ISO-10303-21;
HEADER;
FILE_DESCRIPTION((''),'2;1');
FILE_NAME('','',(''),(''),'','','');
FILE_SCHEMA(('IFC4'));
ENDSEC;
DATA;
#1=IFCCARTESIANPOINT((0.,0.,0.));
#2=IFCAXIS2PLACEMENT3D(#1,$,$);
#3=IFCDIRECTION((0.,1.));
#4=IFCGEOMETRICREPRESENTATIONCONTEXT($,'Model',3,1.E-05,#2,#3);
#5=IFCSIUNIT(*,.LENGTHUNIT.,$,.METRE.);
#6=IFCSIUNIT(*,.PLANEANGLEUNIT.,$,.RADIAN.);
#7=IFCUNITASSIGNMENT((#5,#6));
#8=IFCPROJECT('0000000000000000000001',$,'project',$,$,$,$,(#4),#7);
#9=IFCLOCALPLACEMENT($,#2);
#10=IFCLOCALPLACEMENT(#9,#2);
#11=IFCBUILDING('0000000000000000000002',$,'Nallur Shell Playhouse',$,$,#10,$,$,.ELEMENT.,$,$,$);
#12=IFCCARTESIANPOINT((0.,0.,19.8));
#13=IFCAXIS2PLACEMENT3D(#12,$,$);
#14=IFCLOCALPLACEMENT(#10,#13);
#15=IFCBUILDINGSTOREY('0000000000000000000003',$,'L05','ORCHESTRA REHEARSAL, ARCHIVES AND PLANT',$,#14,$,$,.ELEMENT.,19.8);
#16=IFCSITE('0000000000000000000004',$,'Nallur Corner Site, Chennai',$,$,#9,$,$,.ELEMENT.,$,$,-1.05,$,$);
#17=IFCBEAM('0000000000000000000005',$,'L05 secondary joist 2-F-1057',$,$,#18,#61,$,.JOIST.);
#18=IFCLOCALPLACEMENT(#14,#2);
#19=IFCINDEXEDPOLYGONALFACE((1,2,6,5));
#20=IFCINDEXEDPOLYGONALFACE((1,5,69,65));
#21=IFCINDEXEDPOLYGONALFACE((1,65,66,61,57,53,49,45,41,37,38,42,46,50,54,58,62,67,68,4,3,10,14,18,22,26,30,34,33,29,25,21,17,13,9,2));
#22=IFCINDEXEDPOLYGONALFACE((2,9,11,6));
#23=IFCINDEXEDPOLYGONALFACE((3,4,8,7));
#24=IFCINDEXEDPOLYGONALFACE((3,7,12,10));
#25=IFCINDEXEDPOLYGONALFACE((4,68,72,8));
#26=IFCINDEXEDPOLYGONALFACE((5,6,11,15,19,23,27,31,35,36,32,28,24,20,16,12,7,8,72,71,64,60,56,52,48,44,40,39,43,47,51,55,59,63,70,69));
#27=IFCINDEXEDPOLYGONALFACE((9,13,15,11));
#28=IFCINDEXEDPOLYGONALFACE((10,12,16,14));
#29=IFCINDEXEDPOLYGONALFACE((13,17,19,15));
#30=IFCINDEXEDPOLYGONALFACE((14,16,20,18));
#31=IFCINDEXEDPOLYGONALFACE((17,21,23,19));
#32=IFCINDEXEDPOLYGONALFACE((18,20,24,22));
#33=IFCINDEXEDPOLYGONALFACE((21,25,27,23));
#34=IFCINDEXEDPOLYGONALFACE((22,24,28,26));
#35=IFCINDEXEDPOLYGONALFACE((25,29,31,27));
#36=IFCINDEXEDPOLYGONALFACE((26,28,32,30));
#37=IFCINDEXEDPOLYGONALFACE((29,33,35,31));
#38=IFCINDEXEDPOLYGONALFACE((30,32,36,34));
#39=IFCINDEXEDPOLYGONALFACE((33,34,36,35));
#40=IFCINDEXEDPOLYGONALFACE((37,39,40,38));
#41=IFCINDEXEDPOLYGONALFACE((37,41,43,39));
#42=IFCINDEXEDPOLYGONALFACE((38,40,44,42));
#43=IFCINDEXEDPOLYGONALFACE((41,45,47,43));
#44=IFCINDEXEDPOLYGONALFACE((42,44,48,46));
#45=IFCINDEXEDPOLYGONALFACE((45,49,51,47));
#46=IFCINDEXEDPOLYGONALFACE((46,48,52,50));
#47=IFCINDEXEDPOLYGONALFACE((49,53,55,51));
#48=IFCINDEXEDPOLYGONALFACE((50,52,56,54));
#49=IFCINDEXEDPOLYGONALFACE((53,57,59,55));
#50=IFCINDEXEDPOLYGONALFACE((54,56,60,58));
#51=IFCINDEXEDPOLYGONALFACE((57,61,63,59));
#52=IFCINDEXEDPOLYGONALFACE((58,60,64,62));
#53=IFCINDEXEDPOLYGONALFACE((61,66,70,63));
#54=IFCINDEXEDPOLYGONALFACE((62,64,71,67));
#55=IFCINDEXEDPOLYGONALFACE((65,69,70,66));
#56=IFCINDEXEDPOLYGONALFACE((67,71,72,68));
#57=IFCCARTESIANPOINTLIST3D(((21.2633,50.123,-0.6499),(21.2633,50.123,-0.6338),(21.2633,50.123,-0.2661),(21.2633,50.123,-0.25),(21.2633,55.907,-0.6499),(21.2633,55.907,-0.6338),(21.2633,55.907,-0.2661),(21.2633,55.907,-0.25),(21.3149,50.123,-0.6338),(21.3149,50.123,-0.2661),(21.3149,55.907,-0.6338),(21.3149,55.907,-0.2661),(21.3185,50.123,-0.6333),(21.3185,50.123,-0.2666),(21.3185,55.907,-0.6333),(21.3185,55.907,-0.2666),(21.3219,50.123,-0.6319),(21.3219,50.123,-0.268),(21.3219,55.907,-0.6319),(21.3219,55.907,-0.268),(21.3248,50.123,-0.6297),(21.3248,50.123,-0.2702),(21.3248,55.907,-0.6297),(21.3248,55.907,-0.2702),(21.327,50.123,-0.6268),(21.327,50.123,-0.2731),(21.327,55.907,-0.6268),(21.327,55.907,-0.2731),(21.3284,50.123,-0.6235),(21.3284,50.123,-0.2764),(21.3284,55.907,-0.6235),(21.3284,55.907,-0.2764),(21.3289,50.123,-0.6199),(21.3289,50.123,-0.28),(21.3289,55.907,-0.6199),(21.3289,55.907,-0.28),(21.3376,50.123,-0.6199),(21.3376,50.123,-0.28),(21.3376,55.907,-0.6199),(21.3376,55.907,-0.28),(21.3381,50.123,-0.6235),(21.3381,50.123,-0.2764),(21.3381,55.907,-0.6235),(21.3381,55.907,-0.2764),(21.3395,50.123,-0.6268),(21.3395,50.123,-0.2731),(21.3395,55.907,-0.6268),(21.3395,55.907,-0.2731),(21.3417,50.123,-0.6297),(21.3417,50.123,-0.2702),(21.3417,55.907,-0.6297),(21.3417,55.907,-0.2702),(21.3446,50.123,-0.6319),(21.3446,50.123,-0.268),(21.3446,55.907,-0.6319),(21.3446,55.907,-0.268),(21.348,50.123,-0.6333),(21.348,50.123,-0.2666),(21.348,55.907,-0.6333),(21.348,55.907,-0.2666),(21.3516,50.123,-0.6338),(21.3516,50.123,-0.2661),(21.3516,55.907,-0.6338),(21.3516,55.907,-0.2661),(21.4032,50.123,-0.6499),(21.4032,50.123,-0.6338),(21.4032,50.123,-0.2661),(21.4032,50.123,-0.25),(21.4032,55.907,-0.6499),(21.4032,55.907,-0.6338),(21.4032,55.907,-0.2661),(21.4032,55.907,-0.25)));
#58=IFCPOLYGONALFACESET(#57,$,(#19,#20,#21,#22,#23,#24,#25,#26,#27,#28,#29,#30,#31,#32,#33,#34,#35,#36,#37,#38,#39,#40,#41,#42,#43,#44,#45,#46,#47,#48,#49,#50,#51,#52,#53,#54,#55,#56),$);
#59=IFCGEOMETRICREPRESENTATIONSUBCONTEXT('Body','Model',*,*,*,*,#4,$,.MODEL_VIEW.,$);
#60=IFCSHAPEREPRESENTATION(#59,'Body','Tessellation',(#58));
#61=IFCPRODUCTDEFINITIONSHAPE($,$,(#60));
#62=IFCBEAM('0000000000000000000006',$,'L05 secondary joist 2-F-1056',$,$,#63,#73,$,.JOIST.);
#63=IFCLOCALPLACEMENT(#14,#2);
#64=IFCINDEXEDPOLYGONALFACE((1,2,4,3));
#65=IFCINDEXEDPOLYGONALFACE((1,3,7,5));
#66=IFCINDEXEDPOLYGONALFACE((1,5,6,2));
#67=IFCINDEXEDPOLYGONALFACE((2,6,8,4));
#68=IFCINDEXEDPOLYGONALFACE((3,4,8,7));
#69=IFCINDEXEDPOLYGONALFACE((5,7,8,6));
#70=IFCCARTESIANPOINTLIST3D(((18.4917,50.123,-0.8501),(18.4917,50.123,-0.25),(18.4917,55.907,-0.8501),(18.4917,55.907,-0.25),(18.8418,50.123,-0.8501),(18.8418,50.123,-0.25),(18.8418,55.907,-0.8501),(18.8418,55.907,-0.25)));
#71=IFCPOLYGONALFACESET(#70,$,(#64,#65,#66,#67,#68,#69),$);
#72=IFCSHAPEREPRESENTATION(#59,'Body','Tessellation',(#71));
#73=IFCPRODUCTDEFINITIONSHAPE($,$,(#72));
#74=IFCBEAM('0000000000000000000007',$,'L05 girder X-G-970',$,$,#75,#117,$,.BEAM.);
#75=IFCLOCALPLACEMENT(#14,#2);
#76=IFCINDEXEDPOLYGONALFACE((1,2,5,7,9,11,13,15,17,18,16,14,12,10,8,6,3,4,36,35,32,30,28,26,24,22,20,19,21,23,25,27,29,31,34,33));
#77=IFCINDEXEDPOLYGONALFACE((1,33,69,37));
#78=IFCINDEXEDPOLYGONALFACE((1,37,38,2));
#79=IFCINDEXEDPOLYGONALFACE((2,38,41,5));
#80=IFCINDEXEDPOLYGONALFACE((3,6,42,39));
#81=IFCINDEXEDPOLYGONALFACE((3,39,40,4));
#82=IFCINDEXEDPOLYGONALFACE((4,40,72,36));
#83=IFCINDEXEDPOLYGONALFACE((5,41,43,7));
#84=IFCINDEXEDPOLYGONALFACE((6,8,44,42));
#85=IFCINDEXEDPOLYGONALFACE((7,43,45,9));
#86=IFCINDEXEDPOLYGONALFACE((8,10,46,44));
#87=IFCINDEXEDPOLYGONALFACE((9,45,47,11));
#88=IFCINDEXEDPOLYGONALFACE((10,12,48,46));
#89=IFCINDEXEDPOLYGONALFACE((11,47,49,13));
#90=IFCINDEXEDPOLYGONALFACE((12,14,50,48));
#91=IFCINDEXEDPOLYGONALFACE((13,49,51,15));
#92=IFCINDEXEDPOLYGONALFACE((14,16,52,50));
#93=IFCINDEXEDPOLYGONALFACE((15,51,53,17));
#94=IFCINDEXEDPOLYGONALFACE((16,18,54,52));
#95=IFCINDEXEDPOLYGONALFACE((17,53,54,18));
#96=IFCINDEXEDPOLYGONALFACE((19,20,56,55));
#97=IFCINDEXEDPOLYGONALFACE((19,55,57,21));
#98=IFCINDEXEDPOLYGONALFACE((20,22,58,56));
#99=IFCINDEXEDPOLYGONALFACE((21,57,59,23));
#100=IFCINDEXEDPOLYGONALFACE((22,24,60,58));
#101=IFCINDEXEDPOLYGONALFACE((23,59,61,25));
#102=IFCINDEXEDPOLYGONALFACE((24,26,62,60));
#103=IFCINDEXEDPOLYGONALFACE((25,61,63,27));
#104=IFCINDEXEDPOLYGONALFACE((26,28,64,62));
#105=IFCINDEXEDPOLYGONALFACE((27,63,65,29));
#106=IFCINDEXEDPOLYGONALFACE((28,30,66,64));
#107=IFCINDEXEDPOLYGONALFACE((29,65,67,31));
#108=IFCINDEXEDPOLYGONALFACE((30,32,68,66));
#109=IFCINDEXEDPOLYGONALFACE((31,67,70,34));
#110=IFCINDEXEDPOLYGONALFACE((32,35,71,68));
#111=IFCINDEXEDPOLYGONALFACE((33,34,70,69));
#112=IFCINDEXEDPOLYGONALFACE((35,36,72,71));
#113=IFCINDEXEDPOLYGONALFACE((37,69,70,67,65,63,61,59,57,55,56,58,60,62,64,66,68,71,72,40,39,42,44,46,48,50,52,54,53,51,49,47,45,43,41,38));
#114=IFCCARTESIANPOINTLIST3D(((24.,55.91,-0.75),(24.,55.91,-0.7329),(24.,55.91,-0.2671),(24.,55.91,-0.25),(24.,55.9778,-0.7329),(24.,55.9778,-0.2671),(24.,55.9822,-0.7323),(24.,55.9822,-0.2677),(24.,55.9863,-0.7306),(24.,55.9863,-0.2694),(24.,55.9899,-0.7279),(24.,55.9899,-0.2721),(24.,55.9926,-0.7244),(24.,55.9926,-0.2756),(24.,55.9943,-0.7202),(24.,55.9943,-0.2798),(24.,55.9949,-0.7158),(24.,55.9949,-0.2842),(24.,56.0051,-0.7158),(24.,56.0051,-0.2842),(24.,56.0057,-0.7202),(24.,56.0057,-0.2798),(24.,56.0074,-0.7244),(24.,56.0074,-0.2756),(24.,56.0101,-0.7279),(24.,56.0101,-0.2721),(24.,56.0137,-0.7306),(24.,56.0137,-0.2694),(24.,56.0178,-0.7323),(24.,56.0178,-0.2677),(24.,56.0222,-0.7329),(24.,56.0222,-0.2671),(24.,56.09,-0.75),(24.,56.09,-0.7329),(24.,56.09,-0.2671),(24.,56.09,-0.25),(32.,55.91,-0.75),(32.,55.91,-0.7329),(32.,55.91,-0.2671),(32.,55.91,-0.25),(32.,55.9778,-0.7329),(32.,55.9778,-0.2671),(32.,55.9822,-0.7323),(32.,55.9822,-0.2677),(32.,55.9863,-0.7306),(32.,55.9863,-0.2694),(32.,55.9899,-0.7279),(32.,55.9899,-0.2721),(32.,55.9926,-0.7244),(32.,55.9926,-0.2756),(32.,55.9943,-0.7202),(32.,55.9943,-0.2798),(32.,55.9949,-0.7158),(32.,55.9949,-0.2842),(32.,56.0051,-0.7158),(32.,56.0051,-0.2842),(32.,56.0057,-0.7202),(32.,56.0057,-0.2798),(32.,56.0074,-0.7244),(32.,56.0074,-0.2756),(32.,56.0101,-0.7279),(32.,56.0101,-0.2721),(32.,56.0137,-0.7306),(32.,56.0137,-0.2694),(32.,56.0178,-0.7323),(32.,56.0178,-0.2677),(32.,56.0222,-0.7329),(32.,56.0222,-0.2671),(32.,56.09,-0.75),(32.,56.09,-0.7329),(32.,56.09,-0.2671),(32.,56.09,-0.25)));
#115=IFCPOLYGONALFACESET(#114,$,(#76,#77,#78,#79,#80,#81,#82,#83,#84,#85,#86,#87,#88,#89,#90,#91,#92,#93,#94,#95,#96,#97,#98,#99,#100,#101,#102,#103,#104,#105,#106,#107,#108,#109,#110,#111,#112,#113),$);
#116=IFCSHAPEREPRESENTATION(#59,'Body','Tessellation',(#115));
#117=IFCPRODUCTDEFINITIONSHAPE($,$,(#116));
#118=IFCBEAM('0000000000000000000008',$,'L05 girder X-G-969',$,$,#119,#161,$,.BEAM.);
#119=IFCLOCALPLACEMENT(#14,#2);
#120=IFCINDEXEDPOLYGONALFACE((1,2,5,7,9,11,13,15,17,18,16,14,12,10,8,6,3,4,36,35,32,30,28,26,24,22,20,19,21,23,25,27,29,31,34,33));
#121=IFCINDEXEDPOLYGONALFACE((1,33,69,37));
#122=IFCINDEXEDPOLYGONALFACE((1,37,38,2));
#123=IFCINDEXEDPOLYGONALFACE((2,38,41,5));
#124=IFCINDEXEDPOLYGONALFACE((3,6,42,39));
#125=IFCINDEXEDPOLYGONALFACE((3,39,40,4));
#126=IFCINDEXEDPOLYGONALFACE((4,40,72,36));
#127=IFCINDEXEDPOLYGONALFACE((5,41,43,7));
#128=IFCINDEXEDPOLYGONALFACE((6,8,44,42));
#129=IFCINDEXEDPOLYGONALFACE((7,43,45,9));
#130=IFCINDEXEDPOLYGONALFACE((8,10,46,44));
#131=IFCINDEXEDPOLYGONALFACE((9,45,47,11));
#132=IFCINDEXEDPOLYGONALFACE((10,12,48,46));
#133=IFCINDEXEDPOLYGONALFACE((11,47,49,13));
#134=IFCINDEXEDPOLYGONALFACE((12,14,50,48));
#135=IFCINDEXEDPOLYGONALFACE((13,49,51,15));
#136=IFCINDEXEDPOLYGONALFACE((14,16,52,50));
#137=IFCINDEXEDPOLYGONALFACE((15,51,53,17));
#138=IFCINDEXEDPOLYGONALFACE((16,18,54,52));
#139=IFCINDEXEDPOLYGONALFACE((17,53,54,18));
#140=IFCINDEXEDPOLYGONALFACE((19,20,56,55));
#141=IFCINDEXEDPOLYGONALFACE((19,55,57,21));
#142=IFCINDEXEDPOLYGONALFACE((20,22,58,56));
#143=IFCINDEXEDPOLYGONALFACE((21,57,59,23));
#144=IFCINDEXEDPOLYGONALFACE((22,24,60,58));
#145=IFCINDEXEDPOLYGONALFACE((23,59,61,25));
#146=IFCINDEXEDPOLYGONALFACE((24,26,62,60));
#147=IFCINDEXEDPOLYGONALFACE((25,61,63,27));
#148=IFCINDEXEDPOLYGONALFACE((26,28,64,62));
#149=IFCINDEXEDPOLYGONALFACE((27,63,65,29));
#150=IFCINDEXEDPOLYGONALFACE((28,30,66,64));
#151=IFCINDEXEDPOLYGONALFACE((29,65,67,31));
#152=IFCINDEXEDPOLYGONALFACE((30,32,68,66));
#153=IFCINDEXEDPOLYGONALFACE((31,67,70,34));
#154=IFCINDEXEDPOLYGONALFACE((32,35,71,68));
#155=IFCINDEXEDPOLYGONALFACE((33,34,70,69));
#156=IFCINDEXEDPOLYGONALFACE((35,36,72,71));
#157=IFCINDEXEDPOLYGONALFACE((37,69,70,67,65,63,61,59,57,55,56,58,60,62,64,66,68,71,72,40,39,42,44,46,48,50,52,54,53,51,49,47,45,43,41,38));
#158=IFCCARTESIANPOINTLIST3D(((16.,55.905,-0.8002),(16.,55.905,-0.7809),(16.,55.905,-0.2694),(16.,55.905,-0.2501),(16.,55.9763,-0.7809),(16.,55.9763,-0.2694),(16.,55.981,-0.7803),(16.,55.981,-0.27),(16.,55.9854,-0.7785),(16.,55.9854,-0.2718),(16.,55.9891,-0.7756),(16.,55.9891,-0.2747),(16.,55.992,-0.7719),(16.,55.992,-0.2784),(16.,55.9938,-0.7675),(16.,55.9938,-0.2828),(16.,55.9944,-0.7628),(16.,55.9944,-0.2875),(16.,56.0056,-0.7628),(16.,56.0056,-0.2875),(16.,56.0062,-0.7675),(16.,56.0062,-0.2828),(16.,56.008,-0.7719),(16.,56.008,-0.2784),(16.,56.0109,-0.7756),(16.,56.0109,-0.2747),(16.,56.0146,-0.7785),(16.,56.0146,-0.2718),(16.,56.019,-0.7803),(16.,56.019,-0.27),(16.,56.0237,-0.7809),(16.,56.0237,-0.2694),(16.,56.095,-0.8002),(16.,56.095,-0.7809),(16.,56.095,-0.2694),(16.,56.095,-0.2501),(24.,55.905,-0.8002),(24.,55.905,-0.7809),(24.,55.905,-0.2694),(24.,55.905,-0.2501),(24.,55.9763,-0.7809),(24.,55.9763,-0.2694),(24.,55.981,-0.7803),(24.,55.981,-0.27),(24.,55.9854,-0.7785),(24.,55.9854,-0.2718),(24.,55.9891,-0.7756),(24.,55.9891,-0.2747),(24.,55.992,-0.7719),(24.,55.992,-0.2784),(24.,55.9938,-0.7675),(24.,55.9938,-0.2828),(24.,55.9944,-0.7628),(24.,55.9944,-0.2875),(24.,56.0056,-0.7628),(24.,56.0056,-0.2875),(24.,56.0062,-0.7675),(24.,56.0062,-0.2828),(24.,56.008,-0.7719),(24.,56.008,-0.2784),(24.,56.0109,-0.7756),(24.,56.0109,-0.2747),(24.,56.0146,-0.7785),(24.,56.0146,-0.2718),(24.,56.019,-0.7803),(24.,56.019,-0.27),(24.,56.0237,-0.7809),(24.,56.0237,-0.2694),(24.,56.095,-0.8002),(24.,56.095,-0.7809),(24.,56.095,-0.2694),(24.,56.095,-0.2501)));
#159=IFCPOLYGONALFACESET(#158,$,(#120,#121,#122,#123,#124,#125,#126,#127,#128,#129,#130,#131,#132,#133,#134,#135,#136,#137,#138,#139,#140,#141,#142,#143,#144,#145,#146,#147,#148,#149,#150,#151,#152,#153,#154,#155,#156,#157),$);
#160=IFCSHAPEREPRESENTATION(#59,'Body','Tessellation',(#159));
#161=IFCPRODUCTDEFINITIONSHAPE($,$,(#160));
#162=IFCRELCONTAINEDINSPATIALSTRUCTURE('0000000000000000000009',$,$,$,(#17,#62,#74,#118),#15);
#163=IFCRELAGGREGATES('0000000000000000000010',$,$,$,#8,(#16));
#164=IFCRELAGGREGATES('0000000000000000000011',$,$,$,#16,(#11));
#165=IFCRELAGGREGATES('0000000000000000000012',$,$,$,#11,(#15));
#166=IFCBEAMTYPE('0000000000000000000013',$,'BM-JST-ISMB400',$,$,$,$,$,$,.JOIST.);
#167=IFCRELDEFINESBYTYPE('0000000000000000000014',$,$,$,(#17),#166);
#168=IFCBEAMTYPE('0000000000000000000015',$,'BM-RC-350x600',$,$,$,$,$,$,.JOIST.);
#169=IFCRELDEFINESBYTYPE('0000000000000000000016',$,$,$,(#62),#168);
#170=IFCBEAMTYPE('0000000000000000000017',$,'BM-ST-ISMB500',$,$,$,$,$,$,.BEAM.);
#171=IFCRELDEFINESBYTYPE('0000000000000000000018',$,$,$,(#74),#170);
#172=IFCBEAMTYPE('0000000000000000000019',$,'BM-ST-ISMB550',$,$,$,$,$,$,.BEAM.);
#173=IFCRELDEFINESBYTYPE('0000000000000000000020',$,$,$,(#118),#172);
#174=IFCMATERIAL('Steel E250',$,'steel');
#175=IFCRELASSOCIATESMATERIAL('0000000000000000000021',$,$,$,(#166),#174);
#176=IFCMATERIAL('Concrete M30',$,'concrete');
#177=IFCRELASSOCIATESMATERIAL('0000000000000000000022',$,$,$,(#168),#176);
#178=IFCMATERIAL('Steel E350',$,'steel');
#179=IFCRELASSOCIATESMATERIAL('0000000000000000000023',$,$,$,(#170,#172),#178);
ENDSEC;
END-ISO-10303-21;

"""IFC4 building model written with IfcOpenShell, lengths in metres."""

from ifc_helpers import new_model, si_unit, direction, frame, origin, origin_2d, place, context, subcontext, project, spatial, rectangle, i_section, extrude, material, material_profile, profile_set, type_object, element, save


model = new_model("IFC4")

# Units and contexts
model_context = context("Model", 3, precision=1e-05, world=origin(), true_north=direction((0.0, 1.0)))
body_context = subcontext(model_context, "Body", "Model", "MODEL_VIEW")
ifc_project = project(units=[si_unit("LENGTHUNIT", "METRE"), si_unit("PLANEANGLEUNIT", "RADIAN")], contexts=[model_context])

# Site, building, storey
site_placement = place(None, origin())
site = spatial("IfcSite", under=ifc_project, at=site_placement, Name="Nallur Corner Site, Chennai", CompositionType="ELEMENT", RefElevation=-1.05)
building_placement = place(site_placement, origin())
building = spatial("IfcBuilding", under=site, at=building_placement, Name="Nallur Shell Playhouse", CompositionType="ELEMENT")
storey_placement = place(building_placement, frame((0.0, 0.0, 19.8)))
storey = spatial("IfcBuildingStorey", under=building, at=storey_placement, Name="L05", Description="ORCHESTRA REHEARSAL, ARCHIVES AND PLANT", CompositionType="ELEMENT", Elevation=19.8)

# Beams
ifc_material_1 = material(Name="Steel E250", Category="steel")
ifc_material_profile_1 = material_profile(ifc_material_1, i_section(OverallWidth=0.1399, OverallDepth=0.3999, WebThickness=0.0088, FlangeThickness=0.0161, FilletRadius=0.0139, at=origin_2d()), Name="ISMB 400")
ifc_profile_set_1 = profile_set([ifc_material_profile_1], Name="Steel E250")
beam_type_1 = type_object("IfcBeamType", Name="BM-JST-ISMB400", PredefinedType="JOIST", material=ifc_profile_set_1)
beam_1_placement = place(storey_placement, frame((21.3333, 50.123, -0.45), z_axis=(0.0, 1.0, 0.0), x_axis=(-1.0, 0.0, 0.0)))
element("IfcBeam", 1, at=beam_1_placement, inside=storey, type_object=beam_type_1, Name="L05 secondary joist 2-F-1057", PredefinedType="JOIST", context=body_context, shape_type="SweptSolid", body=[
    extrude(i_section(OverallWidth=0.1399, OverallDepth=0.3999, WebThickness=0.0088, FlangeThickness=0.0161, FilletRadius=0.0139, at=origin_2d()), origin(), (0.0, 0.0, 1.0), 5.7839),
])
ifc_material_2 = material(Name="Concrete M30", Category="concrete")
ifc_material_profile_2 = material_profile(ifc_material_2, rectangle(XDim=0.3501, YDim=0.6001, at=origin_2d()), Name="RC 350x600")
ifc_profile_set_2 = profile_set([ifc_material_profile_2], Name="Concrete M30")
beam_type_2 = type_object("IfcBeamType", Name="BM-RC-350x600", PredefinedType="JOIST", material=ifc_profile_set_2)
beam_2_placement = place(storey_placement, frame((18.6667, 50.123, -0.55), z_axis=(0.0, 1.0, 0.0), x_axis=(-1.0, 0.0, 0.0)))
element("IfcBeam", 2, at=beam_2_placement, inside=storey, type_object=beam_type_2, Name="L05 secondary joist 2-F-1056", PredefinedType="JOIST", context=body_context, shape_type="SweptSolid", body=[
    extrude(rectangle(XDim=0.3501, YDim=0.6001, at=origin_2d()), origin(), (0.0, 0.0, 1.0), 5.7839),
])
ifc_material_3 = material(Name="Steel E350", Category="steel")
ifc_material_profile_3 = material_profile(ifc_material_3, i_section(OverallWidth=0.1799, OverallDepth=0.5, WebThickness=0.0103, FlangeThickness=0.0171, FilletRadius=0.0171, at=origin_2d()), Name="ISMB 500")
ifc_profile_set_3 = profile_set([ifc_material_profile_3], Name="Steel E350")
beam_type_3 = type_object("IfcBeamType", Name="BM-ST-ISMB500", PredefinedType="BEAM", material=ifc_profile_set_3)
beam_3_placement = place(storey_placement, frame((24.0, 56.0, -0.5), z_axis=(1.0, 0.0, 0.0), x_axis=(0.0, 1.0, 0.0)))
element("IfcBeam", 3, at=beam_3_placement, inside=storey, type_object=beam_type_3, Name="L05 girder X-G-970", PredefinedType="BEAM", context=body_context, shape_type="SweptSolid", body=[
    extrude(i_section(OverallWidth=0.1799, OverallDepth=0.5, WebThickness=0.0103, FlangeThickness=0.0171, FilletRadius=0.0171, at=origin_2d()), origin(), (0.0, 0.0, 1.0), 8.0),
])
ifc_material_profile_4 = material_profile(ifc_material_3, i_section(OverallWidth=0.1899, OverallDepth=0.55, WebThickness=0.0112, FlangeThickness=0.0193, FilletRadius=0.0181, at=origin_2d()), Name="ISMB 550")
ifc_profile_set_4 = profile_set([ifc_material_profile_4], Name="Steel E350")
beam_type_4 = type_object("IfcBeamType", Name="BM-ST-ISMB550", PredefinedType="BEAM", material=ifc_profile_set_4)
beam_4_placement = place(storey_placement, frame((16.0, 56.0, -0.5251), z_axis=(1.0, 0.0, 0.0), x_axis=(0.0, 1.0, 0.0)))
element("IfcBeam", 4, at=beam_4_placement, inside=storey, type_object=beam_type_4, Name="L05 girder X-G-969", PredefinedType="BEAM", context=body_context, shape_type="SweptSolid", body=[
    extrude(i_section(OverallWidth=0.1899, OverallDepth=0.55, WebThickness=0.0112, FlangeThickness=0.0193, FilletRadius=0.0181, at=origin_2d()), origin(), (0.0, 0.0, 1.0), 8.0),
])

save(model, "model.ifc")
